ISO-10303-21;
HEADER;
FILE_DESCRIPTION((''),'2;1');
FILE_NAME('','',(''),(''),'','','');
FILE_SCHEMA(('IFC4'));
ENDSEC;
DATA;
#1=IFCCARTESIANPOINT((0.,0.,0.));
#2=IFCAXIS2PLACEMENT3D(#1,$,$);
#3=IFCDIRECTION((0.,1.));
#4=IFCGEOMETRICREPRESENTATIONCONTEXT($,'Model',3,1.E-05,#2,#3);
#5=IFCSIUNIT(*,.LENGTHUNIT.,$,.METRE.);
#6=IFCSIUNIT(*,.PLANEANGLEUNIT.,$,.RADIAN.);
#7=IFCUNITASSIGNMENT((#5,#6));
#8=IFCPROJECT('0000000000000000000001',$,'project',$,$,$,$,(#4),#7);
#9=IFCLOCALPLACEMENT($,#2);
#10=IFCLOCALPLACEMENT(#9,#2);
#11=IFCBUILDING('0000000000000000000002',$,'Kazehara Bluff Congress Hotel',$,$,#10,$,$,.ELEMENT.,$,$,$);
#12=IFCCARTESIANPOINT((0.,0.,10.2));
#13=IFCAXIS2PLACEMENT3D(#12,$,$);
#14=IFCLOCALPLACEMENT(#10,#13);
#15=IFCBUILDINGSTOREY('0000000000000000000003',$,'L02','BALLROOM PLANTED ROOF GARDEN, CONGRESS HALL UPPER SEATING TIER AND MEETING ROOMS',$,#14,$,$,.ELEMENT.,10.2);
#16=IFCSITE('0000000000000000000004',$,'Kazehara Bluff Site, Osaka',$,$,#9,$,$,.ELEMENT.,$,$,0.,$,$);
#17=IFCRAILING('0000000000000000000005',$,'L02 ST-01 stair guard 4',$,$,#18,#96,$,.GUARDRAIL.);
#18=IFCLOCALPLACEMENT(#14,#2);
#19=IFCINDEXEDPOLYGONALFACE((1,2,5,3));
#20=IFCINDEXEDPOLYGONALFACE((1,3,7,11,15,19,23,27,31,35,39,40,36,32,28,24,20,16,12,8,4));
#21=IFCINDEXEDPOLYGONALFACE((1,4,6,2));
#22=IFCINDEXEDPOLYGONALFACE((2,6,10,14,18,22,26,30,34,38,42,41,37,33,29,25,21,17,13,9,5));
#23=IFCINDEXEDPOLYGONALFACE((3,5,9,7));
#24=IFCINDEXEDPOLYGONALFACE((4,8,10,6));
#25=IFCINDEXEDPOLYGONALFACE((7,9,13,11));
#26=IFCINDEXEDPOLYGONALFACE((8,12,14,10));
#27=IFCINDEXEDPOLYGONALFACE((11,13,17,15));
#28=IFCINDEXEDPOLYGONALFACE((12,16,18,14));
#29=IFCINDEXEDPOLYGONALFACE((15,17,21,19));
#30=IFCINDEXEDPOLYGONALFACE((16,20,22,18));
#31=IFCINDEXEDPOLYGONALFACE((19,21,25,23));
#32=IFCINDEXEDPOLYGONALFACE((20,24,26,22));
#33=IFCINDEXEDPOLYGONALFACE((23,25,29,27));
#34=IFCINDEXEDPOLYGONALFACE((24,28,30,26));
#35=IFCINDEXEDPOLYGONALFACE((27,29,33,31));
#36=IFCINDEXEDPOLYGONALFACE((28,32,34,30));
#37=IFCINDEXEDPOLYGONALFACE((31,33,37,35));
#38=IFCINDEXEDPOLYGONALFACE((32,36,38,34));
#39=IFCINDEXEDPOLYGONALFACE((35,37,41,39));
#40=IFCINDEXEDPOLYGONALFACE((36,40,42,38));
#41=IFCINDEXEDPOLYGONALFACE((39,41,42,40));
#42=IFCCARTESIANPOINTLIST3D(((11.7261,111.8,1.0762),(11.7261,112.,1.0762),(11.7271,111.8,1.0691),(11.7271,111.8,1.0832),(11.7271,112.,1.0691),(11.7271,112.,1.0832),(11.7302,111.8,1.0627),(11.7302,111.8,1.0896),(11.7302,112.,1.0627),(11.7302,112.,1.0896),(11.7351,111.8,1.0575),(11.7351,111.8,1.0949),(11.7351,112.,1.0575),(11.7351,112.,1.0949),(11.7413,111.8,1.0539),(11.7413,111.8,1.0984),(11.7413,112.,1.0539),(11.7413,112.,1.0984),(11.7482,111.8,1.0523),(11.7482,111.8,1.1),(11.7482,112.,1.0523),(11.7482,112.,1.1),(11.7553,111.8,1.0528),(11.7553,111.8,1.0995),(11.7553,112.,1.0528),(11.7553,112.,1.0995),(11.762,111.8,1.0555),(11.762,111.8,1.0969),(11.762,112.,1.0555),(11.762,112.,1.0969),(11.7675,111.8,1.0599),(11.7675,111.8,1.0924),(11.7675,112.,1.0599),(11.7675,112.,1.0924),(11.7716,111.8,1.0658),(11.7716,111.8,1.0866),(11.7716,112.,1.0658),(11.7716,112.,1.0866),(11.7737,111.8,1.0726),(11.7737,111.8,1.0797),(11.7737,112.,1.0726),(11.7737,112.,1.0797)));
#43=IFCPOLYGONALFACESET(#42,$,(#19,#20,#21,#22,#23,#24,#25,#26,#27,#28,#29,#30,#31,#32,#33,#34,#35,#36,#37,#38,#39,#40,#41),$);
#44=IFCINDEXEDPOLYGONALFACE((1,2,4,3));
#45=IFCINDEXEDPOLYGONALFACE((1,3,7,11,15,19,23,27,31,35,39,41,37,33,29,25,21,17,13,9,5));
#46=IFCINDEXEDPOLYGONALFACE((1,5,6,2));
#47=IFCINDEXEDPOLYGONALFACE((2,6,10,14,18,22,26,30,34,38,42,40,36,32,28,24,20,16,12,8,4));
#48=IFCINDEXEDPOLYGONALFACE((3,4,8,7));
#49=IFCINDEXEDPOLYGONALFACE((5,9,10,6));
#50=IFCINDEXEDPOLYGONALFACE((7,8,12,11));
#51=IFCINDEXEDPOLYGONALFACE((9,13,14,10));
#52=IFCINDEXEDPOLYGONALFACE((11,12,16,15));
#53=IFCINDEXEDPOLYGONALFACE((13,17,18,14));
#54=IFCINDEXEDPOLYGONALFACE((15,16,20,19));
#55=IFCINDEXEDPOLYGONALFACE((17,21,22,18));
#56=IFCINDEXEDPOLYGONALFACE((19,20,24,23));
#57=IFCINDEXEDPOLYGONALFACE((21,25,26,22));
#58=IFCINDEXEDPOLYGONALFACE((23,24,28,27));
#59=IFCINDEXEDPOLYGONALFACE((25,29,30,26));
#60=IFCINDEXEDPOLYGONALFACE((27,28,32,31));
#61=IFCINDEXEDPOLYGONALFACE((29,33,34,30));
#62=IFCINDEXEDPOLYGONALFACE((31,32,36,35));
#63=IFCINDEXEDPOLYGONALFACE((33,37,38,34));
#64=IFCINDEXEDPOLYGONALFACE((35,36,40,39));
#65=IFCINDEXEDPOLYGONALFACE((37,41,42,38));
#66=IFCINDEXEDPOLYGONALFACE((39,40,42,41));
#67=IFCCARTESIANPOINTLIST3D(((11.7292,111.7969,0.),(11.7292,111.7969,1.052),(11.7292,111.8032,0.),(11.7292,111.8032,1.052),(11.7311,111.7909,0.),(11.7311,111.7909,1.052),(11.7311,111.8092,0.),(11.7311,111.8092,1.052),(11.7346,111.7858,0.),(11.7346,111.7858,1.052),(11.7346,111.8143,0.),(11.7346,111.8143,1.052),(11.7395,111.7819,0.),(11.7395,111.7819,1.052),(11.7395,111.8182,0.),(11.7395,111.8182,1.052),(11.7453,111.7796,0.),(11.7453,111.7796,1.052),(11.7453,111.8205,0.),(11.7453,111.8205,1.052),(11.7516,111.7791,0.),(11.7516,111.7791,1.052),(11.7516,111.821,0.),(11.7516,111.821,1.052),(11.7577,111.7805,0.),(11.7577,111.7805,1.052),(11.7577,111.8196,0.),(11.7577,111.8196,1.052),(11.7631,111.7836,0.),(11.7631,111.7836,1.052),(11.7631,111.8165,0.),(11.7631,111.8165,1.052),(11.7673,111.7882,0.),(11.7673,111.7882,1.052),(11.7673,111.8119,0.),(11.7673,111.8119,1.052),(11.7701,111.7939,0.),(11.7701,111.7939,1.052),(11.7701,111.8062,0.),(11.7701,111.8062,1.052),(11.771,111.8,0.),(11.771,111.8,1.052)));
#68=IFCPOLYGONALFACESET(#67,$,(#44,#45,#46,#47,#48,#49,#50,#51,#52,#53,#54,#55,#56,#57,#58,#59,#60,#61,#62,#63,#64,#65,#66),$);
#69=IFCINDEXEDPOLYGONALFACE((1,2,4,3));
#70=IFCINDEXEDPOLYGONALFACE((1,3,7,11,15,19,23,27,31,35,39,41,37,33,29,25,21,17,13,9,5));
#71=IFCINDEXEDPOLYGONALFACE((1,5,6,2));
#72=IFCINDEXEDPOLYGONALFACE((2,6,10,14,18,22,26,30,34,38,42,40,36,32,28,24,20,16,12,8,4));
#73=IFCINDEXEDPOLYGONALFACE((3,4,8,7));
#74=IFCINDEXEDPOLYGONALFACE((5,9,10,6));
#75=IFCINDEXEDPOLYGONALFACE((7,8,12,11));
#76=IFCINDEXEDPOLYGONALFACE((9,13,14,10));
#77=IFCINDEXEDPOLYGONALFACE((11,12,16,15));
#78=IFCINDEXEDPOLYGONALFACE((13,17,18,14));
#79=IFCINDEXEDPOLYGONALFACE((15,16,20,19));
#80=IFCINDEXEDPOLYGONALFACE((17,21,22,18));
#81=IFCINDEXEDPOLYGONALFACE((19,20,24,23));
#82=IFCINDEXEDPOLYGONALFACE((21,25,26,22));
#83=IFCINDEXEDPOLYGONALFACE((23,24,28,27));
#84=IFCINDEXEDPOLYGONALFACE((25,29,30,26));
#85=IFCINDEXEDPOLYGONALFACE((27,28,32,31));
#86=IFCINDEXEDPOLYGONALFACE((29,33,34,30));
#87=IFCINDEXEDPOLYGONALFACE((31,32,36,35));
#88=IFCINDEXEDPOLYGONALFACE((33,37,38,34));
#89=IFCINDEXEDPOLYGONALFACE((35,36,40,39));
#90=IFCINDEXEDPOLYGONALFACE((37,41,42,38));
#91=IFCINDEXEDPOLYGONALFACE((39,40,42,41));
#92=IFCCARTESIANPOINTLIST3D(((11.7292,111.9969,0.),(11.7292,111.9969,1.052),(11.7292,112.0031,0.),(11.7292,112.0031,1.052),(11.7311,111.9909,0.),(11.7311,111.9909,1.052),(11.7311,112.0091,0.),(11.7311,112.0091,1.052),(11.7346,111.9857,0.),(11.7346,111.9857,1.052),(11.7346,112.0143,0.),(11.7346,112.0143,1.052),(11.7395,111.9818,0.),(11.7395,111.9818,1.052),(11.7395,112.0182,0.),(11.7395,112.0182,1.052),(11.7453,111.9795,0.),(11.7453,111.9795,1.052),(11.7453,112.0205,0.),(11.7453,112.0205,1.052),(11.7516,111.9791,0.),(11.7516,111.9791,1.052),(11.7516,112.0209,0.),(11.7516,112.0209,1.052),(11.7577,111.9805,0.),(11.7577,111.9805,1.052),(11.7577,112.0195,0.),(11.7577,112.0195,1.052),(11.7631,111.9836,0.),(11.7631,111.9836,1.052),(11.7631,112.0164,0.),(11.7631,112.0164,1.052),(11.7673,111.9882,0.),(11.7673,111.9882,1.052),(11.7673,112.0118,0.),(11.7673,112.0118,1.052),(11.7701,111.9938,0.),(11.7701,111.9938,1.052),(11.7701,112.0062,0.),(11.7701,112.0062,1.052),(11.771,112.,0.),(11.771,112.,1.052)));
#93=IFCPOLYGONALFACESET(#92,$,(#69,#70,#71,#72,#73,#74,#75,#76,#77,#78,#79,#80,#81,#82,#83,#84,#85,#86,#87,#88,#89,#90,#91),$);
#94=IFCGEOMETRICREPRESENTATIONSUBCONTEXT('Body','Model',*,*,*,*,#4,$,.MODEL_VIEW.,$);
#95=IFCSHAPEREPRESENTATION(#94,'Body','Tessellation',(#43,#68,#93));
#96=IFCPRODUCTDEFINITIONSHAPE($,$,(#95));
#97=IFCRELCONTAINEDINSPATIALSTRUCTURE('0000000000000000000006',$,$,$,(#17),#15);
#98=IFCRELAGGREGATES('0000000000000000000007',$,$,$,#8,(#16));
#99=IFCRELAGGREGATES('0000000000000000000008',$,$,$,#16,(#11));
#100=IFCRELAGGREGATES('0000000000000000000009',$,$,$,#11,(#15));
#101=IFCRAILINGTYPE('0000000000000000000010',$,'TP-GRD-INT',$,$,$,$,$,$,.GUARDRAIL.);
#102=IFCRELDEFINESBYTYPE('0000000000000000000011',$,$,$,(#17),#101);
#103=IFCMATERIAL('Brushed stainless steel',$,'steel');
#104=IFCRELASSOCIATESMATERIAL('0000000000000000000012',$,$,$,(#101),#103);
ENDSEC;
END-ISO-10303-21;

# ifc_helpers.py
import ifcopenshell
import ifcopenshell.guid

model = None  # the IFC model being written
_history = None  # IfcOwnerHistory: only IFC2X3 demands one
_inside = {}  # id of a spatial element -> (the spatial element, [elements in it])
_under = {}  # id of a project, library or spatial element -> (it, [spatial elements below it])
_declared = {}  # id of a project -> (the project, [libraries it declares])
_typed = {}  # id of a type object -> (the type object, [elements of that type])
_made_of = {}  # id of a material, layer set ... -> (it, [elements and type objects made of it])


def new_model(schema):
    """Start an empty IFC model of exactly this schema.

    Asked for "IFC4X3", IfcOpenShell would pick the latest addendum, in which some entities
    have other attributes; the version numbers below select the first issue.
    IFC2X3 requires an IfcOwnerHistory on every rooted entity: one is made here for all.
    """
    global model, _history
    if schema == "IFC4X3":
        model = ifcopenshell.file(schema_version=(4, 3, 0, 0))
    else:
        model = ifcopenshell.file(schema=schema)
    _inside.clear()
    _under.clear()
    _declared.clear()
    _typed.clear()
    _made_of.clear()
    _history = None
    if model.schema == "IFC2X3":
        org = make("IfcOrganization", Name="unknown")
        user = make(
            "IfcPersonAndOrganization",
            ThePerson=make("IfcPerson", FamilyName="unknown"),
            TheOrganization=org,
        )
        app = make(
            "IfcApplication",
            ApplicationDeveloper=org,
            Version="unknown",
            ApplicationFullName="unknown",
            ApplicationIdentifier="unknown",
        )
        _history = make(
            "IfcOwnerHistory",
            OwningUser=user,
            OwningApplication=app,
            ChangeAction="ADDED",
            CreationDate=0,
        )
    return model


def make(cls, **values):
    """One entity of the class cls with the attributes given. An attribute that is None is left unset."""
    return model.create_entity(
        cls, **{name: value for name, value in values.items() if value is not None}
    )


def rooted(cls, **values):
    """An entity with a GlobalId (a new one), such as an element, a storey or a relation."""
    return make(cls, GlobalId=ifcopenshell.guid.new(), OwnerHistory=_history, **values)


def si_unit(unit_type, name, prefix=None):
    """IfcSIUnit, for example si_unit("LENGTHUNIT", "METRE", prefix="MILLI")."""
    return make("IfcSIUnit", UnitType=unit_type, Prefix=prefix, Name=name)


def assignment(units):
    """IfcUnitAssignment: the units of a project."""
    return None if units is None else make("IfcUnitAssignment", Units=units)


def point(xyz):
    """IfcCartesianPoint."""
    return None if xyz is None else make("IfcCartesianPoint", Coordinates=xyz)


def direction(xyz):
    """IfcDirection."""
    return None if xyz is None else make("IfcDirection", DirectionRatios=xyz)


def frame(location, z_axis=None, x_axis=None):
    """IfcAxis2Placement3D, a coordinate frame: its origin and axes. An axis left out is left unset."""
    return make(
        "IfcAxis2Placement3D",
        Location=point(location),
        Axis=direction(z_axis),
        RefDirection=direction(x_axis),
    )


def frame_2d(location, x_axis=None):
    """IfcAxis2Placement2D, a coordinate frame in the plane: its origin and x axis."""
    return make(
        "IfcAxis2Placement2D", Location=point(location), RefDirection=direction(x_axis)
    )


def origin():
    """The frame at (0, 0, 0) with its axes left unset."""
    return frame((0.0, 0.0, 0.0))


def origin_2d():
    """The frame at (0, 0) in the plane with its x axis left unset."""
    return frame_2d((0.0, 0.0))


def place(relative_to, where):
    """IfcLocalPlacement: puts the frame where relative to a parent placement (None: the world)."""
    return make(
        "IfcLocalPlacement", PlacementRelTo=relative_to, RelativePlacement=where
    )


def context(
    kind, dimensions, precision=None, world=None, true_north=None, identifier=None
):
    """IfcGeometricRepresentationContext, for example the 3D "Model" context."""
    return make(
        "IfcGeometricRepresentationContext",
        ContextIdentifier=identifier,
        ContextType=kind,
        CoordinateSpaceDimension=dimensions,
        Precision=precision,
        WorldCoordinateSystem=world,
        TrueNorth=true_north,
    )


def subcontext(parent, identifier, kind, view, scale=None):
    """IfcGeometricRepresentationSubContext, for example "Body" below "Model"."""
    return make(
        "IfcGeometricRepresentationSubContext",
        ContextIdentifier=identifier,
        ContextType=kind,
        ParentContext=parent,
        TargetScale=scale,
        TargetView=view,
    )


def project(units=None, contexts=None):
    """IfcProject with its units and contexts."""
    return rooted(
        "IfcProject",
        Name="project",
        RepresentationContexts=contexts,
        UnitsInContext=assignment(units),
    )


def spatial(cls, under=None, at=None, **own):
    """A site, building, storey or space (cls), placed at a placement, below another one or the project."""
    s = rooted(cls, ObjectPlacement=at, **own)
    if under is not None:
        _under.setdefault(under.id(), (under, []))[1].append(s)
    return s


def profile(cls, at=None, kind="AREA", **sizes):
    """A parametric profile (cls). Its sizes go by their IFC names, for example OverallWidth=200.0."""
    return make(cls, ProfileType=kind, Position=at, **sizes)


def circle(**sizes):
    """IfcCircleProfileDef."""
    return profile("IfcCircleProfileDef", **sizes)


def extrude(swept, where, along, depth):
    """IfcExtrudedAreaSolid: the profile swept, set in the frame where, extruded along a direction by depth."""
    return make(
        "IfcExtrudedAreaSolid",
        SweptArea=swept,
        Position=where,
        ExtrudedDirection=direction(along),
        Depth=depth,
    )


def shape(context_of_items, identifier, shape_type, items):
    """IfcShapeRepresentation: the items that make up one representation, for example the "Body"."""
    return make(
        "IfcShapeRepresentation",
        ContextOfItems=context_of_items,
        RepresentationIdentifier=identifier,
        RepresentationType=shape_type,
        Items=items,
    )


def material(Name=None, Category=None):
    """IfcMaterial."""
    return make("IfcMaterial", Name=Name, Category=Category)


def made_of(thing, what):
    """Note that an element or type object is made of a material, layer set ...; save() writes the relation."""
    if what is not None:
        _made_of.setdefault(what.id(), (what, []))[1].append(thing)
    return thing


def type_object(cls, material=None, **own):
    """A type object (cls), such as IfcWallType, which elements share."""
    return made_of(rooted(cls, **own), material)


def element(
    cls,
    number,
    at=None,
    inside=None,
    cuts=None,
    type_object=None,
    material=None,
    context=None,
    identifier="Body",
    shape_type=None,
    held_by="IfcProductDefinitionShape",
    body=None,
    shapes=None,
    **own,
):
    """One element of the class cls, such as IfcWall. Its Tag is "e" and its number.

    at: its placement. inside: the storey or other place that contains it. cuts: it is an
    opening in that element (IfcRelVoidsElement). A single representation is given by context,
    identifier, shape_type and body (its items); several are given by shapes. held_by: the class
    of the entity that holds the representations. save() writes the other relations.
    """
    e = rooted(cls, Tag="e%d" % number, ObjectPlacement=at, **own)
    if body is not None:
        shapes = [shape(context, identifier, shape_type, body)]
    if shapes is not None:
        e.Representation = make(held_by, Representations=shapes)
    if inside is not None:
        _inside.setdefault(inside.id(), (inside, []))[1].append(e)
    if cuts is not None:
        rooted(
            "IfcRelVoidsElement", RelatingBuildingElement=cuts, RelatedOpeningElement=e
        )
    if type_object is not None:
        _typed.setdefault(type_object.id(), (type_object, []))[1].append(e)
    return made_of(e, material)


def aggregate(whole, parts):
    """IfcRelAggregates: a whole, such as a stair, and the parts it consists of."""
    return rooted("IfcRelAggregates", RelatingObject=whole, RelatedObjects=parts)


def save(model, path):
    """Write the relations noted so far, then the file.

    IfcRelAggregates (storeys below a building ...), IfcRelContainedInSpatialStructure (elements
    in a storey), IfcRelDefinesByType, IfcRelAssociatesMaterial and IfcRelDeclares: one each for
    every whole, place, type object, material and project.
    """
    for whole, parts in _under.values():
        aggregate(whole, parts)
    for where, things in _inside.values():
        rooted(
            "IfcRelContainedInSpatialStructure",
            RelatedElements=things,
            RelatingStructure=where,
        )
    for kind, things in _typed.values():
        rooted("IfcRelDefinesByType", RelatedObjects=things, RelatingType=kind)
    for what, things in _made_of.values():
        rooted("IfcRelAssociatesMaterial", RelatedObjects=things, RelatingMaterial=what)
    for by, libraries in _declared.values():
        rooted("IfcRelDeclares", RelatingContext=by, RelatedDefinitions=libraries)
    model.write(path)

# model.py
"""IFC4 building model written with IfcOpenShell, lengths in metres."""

from ifc_helpers import new_model, si_unit, direction, frame, origin, origin_2d, place, context, subcontext, project, spatial, circle, extrude, material, type_object, element, save


model = new_model("IFC4")

# Units and contexts
model_context = context("Model", 3, precision=1e-05, world=origin(), true_north=direction((0.0, 1.0)))
body_context = subcontext(model_context, "Body", "Model", "MODEL_VIEW")
ifc_project = project(units=[si_unit("LENGTHUNIT", "METRE"), si_unit("PLANEANGLEUNIT", "RADIAN")], contexts=[model_context])

# Site, building, storey
site_placement = place(None, origin())
site = spatial("IfcSite", under=ifc_project, at=site_placement, Name="Kazehara Bluff Site, Osaka", CompositionType="ELEMENT", RefElevation=0.0)
building_placement = place(site_placement, origin())
building = spatial("IfcBuilding", under=site, at=building_placement, Name="Kazehara Bluff Congress Hotel", CompositionType="ELEMENT")
storey_placement = place(building_placement, frame((0.0, 0.0, 10.2)))
storey = spatial("IfcBuildingStorey", under=building, at=storey_placement, Name="L02", Description="BALLROOM PLANTED ROOF GARDEN, CONGRESS HALL UPPER SEATING TIER AND MEETING ROOMS", CompositionType="ELEMENT", Elevation=10.2)

# Railing
ifc_material_1 = material(Name="Brushed stainless steel", Category="steel")
railing_type_1 = type_object("IfcRailingType", Name="TP-GRD-INT", PredefinedType="GUARDRAIL", material=ifc_material_1)
railing_1_placement = place(storey_placement, frame((11.75, 111.8, 0.0)))
element("IfcRailing", 1, at=railing_1_placement, inside=storey, type_object=railing_type_1, Name="L02 ST-01 stair guard 4", PredefinedType="GUARDRAIL", context=body_context, shape_type="SweptSolid", body=[
    extrude(circle(Radius=0.0239, at=origin_2d()), frame((0.0, 0.0, 1.0762), z_axis=(0.0, 1.0, 0.0), x_axis=(-1.0, 0.0, 0.0)), (0.0, 0.0, 1.0), 0.2),
    extrude(circle(Radius=0.021, at=origin_2d()), origin(), (0.0, 0.0, 1.0), 1.052),
    extrude(circle(Radius=0.021, at=origin_2d()), frame((0.0, 0.2, 0.0)), (0.0, 0.0, 1.0), 1.052),
])

save(model, "model.ifc")
